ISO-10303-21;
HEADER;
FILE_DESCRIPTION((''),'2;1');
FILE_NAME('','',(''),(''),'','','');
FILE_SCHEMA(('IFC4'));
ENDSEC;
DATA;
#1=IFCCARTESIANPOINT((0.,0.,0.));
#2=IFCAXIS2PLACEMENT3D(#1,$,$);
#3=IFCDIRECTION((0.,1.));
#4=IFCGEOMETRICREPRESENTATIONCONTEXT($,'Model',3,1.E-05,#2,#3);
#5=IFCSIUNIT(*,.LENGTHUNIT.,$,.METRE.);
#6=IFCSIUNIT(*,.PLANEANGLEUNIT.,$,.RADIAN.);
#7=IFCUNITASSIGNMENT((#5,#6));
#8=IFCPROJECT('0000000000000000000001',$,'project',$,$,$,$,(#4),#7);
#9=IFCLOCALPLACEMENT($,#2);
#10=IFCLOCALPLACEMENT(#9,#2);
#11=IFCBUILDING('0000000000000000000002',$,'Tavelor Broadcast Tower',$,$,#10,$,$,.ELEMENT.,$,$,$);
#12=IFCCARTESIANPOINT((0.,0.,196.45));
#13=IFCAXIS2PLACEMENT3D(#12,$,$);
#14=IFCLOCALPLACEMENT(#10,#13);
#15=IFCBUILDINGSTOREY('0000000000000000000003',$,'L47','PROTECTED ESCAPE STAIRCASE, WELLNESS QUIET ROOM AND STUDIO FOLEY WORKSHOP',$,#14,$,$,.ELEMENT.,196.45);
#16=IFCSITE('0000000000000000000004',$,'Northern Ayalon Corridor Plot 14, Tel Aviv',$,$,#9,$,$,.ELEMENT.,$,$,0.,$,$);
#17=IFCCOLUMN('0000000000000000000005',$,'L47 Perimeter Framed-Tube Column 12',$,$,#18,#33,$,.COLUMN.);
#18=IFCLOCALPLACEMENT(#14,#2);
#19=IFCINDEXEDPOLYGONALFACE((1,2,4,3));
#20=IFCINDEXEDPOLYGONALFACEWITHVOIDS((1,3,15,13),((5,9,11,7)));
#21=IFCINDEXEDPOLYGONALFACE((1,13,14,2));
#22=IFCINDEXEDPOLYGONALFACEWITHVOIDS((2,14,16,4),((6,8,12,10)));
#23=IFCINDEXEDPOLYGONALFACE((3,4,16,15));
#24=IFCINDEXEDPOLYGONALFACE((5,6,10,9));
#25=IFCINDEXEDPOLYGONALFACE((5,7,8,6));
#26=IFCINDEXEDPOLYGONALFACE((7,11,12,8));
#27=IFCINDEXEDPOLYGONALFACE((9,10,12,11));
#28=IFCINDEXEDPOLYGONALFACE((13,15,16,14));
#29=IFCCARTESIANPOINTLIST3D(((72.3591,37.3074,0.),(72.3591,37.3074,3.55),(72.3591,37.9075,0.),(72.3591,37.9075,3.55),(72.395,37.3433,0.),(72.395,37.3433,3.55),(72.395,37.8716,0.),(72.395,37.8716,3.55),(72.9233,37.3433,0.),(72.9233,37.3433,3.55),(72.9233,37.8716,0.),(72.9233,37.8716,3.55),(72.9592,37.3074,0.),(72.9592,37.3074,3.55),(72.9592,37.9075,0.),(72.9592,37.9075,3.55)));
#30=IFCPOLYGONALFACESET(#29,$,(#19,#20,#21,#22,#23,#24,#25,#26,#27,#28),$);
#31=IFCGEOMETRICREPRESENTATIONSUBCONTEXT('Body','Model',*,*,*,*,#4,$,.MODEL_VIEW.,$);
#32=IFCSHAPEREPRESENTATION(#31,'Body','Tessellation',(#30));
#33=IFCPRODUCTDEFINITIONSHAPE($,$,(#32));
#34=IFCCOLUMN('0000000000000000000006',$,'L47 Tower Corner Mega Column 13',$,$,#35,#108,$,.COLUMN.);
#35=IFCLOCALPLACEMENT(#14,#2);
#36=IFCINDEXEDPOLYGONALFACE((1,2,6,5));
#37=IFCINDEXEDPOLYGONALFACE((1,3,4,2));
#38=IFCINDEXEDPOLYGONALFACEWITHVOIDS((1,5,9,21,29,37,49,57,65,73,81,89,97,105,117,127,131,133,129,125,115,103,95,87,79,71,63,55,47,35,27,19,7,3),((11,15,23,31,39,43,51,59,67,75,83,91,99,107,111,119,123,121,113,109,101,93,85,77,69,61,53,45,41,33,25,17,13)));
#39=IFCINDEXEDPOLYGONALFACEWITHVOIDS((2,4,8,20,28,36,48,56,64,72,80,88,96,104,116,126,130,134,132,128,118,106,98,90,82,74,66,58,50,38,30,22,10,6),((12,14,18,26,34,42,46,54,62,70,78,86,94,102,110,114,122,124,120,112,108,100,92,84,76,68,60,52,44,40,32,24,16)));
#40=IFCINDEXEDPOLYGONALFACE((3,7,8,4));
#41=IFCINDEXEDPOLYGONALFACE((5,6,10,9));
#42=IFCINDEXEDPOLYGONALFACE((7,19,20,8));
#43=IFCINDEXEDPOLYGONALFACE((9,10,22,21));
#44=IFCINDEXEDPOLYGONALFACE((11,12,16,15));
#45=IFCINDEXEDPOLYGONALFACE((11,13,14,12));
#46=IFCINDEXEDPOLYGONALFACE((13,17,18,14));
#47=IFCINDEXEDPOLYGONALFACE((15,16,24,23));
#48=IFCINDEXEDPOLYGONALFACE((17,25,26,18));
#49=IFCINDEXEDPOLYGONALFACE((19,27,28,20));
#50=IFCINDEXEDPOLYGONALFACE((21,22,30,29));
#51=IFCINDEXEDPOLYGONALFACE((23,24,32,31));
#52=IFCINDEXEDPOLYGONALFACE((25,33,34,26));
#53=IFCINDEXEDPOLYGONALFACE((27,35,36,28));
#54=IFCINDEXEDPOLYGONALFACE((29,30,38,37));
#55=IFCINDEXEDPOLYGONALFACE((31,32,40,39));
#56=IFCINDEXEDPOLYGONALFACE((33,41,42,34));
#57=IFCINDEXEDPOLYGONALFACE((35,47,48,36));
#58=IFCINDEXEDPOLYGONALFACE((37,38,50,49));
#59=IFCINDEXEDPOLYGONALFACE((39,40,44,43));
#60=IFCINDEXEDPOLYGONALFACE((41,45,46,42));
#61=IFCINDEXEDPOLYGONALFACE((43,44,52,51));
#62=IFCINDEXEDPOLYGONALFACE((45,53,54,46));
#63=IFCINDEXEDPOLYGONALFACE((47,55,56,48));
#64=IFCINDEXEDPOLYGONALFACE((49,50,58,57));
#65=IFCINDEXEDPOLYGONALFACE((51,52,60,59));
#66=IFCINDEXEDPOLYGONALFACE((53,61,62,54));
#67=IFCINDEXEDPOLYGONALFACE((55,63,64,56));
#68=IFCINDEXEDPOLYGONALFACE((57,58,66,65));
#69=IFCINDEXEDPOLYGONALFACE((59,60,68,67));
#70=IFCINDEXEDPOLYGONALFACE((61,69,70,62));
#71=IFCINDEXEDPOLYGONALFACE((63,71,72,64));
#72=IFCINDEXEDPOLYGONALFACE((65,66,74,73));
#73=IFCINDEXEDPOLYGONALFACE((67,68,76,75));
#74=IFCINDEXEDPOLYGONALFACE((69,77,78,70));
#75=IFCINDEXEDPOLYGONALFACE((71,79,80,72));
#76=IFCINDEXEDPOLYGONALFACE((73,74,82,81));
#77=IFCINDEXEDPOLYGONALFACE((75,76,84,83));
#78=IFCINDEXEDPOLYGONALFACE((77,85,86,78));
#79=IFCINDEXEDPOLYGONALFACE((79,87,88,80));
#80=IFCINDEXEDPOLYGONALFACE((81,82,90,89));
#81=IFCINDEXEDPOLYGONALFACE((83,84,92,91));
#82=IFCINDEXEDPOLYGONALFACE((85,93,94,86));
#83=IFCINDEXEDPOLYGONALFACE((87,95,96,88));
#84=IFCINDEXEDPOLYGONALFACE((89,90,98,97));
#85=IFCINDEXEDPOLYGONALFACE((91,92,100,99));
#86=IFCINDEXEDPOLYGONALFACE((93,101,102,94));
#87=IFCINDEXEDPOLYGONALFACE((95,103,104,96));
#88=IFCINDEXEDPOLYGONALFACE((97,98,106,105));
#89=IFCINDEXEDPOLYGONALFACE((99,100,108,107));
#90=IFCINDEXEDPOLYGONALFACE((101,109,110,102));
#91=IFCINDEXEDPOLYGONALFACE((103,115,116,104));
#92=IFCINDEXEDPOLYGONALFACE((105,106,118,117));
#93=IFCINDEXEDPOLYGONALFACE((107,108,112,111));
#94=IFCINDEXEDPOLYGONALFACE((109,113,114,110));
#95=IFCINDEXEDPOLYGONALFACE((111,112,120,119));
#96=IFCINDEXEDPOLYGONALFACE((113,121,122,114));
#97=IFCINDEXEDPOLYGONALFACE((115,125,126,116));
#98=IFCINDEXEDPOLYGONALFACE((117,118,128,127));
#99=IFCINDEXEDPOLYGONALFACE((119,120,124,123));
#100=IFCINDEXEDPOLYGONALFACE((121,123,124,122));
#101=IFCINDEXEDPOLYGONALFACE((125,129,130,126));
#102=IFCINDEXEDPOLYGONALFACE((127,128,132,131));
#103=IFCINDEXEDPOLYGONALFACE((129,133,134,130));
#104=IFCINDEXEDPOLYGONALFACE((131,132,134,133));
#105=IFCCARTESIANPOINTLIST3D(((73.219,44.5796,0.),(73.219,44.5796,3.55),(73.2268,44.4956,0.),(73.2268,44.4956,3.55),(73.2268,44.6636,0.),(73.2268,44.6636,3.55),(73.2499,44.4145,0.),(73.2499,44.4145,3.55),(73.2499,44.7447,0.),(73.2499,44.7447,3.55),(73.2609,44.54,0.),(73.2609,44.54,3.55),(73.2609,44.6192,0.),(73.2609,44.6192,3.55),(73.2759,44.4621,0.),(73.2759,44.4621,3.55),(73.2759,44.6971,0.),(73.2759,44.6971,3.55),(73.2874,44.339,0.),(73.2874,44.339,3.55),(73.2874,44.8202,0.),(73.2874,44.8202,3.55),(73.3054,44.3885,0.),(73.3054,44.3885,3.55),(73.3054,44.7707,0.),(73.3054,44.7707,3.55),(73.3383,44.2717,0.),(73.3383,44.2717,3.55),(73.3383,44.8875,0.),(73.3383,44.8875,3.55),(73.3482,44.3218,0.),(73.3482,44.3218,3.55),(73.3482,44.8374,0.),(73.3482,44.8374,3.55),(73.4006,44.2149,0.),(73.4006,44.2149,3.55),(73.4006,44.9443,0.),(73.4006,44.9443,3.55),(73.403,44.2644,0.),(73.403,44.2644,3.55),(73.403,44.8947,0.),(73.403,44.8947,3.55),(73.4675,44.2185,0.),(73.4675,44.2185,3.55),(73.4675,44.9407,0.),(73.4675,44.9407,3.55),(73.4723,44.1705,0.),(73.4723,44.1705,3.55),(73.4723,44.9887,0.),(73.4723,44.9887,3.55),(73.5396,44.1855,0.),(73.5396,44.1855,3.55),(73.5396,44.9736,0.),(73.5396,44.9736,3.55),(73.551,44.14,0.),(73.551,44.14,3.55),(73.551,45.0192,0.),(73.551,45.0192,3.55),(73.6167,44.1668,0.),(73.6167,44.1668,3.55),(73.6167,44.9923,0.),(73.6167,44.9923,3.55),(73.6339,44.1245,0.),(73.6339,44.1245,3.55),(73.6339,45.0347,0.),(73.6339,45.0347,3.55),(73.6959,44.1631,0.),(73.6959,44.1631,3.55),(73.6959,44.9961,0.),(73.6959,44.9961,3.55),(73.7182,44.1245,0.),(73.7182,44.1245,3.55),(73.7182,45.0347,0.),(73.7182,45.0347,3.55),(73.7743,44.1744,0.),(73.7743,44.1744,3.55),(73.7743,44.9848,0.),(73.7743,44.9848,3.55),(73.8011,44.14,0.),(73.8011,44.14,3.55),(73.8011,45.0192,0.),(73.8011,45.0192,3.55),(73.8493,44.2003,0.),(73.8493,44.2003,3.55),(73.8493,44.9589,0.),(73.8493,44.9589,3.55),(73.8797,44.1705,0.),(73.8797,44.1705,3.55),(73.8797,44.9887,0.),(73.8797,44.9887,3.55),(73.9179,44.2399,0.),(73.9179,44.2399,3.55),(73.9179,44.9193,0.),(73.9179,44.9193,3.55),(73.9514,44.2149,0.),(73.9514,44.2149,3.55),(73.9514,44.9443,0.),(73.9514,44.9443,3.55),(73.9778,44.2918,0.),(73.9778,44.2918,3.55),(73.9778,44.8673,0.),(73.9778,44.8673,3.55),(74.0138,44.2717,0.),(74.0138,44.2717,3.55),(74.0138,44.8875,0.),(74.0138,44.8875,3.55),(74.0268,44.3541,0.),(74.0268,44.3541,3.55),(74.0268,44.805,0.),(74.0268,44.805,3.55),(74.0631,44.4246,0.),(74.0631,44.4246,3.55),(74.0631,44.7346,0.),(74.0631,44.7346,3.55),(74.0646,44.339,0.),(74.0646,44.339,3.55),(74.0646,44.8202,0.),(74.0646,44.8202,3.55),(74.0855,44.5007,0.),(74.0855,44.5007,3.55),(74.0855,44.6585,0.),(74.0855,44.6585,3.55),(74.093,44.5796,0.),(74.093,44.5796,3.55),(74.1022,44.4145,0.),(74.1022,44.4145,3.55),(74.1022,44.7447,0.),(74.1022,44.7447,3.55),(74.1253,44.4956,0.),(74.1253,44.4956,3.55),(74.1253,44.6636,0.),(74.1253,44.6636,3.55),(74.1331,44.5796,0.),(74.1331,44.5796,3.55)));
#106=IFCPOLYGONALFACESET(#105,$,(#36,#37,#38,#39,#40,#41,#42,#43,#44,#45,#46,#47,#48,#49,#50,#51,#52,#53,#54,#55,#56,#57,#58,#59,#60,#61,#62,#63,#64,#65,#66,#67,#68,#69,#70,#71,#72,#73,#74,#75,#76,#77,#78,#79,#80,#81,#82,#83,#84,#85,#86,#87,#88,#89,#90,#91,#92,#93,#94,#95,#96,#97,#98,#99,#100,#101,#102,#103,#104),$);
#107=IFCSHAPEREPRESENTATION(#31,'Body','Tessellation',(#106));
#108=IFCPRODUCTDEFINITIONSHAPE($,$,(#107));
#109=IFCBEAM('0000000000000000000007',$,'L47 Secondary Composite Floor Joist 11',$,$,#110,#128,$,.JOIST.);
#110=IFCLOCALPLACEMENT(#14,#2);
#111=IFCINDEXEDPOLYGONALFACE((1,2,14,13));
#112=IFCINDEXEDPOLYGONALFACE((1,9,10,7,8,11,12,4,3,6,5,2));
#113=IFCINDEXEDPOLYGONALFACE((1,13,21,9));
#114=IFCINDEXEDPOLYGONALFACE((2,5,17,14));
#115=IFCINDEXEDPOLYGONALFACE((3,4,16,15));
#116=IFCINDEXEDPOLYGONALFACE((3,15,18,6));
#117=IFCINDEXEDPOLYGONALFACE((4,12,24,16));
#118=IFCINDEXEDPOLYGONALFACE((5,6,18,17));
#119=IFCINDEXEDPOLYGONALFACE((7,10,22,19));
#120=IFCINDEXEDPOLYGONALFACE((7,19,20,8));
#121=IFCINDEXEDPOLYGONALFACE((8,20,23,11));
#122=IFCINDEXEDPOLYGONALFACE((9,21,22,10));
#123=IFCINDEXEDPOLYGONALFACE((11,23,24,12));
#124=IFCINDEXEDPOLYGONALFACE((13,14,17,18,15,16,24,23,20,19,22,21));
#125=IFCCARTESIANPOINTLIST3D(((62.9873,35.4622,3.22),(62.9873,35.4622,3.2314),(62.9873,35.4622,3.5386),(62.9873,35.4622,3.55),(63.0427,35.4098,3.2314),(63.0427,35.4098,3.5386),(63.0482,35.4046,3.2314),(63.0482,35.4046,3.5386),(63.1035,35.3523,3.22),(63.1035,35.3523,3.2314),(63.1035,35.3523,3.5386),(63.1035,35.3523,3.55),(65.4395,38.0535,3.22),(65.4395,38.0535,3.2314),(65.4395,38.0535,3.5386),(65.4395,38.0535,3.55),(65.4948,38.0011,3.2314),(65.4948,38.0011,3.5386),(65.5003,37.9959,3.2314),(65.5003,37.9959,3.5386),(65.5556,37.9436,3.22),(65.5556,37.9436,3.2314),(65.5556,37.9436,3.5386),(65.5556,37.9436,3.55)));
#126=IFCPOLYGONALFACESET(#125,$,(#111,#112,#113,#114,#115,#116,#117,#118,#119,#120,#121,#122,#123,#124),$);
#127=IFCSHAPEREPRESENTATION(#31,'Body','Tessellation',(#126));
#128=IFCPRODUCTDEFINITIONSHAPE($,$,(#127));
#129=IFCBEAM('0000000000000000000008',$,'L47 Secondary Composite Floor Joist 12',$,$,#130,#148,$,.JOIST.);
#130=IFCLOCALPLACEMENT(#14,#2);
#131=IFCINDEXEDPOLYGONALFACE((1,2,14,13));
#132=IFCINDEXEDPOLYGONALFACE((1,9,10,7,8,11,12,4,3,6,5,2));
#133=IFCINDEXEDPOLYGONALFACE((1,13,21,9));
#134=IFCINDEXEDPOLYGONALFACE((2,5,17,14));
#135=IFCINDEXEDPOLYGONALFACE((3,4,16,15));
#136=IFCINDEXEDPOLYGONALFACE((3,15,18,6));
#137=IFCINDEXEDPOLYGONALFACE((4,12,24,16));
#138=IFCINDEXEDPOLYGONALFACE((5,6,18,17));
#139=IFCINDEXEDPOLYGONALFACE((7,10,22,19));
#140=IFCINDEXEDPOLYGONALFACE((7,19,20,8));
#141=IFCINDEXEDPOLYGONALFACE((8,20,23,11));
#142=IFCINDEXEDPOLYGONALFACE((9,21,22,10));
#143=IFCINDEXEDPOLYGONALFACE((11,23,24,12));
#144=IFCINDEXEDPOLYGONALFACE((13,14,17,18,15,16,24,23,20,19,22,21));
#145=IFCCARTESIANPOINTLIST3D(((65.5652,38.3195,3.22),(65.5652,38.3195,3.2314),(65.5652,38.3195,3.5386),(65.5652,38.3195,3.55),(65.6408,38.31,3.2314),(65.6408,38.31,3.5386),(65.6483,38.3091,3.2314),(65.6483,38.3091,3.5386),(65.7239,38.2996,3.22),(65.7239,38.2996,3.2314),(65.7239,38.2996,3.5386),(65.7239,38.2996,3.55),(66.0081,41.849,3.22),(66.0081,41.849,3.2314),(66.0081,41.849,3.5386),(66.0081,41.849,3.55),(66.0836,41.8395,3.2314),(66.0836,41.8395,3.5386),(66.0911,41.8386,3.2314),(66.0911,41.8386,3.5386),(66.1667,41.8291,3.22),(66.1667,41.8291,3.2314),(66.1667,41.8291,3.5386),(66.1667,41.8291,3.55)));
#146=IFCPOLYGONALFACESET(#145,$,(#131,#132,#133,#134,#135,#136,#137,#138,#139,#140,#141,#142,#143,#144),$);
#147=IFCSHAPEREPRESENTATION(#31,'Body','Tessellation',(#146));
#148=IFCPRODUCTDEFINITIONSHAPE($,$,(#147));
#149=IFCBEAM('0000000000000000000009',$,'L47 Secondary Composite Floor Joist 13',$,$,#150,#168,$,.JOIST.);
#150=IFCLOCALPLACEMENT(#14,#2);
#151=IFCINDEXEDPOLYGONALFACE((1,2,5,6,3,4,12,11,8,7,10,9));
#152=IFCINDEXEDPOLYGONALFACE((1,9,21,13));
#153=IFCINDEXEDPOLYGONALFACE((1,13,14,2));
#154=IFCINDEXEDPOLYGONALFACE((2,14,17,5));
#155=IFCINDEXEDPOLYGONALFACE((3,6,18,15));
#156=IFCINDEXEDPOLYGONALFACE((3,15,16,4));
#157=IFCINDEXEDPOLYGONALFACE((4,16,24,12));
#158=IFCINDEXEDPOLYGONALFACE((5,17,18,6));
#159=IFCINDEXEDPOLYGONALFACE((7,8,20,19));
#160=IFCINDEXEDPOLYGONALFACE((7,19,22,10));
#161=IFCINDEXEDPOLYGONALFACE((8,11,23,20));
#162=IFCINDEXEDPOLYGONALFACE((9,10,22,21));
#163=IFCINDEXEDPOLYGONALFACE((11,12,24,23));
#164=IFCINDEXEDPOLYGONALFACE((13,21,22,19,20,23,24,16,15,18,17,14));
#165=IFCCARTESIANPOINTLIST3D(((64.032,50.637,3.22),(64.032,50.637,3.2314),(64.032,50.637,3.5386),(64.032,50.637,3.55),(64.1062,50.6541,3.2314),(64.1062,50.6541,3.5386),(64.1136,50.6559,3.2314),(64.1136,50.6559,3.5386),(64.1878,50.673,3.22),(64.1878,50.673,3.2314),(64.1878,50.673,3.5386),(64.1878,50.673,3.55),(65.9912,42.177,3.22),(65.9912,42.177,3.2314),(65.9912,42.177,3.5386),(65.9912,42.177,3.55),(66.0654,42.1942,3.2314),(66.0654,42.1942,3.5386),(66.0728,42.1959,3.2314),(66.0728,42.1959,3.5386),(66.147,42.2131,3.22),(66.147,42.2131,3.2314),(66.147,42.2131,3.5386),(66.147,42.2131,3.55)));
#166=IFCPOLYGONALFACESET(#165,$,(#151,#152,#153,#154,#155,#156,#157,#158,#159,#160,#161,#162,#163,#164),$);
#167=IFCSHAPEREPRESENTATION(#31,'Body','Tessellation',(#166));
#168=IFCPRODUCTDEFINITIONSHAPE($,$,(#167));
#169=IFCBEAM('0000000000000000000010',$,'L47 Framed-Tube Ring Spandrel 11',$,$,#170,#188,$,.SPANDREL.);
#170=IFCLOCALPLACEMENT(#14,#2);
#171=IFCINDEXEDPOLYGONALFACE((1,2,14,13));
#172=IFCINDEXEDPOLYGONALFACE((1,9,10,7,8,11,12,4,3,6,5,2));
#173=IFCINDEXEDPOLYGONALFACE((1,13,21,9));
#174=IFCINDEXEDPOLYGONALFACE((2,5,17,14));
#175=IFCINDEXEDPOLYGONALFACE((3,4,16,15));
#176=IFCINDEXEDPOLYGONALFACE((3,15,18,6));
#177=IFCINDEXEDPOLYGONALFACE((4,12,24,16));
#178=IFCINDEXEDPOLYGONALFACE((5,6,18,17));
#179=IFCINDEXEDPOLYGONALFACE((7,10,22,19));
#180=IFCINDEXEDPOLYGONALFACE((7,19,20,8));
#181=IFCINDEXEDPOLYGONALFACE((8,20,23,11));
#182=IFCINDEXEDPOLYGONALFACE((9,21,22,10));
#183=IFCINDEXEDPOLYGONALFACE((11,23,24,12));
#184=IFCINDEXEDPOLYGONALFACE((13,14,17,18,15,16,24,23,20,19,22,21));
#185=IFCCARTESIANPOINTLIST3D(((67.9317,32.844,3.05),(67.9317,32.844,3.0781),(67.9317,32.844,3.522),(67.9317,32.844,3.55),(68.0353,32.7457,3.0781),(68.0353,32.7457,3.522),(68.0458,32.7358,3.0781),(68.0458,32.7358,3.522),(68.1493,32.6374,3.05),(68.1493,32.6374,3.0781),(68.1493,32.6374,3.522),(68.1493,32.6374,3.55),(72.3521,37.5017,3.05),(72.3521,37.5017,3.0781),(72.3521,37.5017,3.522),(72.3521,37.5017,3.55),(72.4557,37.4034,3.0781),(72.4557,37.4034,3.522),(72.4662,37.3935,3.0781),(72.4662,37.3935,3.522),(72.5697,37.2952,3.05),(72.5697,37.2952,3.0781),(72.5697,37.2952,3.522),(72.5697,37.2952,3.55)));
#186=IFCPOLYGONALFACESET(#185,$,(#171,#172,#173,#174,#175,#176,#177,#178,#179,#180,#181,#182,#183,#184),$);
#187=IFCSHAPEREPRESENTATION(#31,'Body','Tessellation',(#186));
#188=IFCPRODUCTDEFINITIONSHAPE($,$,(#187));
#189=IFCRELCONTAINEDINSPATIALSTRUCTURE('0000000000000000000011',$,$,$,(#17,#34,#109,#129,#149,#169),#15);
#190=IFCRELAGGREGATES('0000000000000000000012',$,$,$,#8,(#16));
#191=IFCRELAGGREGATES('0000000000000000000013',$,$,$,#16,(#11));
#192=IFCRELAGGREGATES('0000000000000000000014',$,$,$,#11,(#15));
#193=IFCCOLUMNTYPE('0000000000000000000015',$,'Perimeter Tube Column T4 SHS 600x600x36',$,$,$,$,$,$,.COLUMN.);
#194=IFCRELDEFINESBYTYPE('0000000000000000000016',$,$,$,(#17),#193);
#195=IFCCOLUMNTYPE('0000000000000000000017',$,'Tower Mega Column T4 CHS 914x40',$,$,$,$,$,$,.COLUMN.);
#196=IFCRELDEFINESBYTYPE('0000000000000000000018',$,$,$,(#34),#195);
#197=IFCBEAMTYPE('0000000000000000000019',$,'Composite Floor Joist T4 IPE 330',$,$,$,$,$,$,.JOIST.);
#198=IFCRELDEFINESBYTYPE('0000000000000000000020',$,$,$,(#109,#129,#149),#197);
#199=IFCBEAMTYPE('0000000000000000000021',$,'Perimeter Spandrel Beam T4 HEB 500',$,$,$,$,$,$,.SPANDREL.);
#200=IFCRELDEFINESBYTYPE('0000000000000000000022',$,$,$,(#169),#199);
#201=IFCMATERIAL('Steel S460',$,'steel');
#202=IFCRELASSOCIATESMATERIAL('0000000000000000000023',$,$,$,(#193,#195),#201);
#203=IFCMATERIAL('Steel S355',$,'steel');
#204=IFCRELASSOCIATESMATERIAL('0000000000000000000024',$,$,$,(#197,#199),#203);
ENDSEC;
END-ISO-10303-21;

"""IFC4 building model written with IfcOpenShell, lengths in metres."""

from ifc_helpers import new_model, si_unit, direction, frame, origin, origin_2d, place, context, subcontext, project, spatial, hollow_rectangle, hollow_circle, i_section, extrude, material, material_profile, profile_set, type_object, element, save


model = new_model("IFC4")

# Units and contexts
model_context = context("Model", 3, precision=1e-05, world=origin(), true_north=direction((0.0, 1.0)))
body_context = subcontext(model_context, "Body", "Model", "MODEL_VIEW")
ifc_project = project(units=[si_unit("LENGTHUNIT", "METRE"), si_unit("PLANEANGLEUNIT", "RADIAN")], contexts=[model_context])

# Site, building, storey
site_placement = place(None, origin())
site = spatial("IfcSite", under=ifc_project, at=site_placement, Name="Northern Ayalon Corridor Plot 14, Tel Aviv", CompositionType="ELEMENT", RefElevation=0.0)
building_placement = place(site_placement, origin())
building = spatial("IfcBuilding", under=site, at=building_placement, Name="Tavelor Broadcast Tower", CompositionType="ELEMENT")
storey_placement = place(building_placement, frame((0.0, 0.0, 196.45)))
storey = spatial("IfcBuildingStorey", under=building, at=storey_placement, Name="L47", Description="PROTECTED ESCAPE STAIRCASE, WELLNESS QUIET ROOM AND STUDIO FOLEY WORKSHOP", CompositionType="ELEMENT", Elevation=196.45)

# Columns
ifc_material_1 = material(Name="Steel S460", Category="steel")
ifc_material_profile_1 = material_profile(ifc_material_1, hollow_rectangle(XDim=0.6001, YDim=0.6001, WallThickness=0.0359, at=origin_2d()), Name="SHS 600x600x36")
ifc_profile_set_1 = profile_set([ifc_material_profile_1], Name="Steel S460")
column_type_1 = type_object("IfcColumnType", Name="Perimeter Tube Column T4 SHS 600x600x36", PredefinedType="COLUMN", material=ifc_profile_set_1)
column_1_placement = place(storey_placement, frame((72.6592, 37.6074, 0.0), z_axis=(0.0, 0.0, 1.0), x_axis=(1.0, 0.0, 0.0)))
element("IfcColumn", 1, at=column_1_placement, inside=storey, type_object=column_type_1, Name="L47 Perimeter Framed-Tube Column 12", PredefinedType="COLUMN", context=body_context, shape_type="SweptSolid", body=[
    extrude(hollow_rectangle(XDim=0.6001, YDim=0.6001, WallThickness=0.0359, at=origin_2d()), origin(), (0.0, 0.0, 1.0), 3.55),
])
ifc_material_profile_2 = material_profile(ifc_material_1, hollow_circle(Radius=0.457, WallThickness=0.04, at=origin_2d()), Name="CHS 914x40")
ifc_profile_set_2 = profile_set([ifc_material_profile_2], Name="Steel S460")
column_type_2 = type_object("IfcColumnType", Name="Tower Mega Column T4 CHS 914x40", PredefinedType="COLUMN", material=ifc_profile_set_2)
column_2_placement = place(storey_placement, frame((73.676, 44.5796, 0.0), z_axis=(0.0, 0.0, 1.0), x_axis=(1.0, 0.0, 0.0)))
element("IfcColumn", 2, at=column_2_placement, inside=storey, type_object=column_type_2, Name="L47 Tower Corner Mega Column 13", PredefinedType="COLUMN", context=body_context, shape_type="SweptSolid", body=[
    extrude(hollow_circle(Radius=0.457, WallThickness=0.04, at=origin_2d()), origin(), (0.0, 0.0, 1.0), 3.55),
])

# Beams
ifc_material_2 = material(Name="Steel S355", Category="steel")
ifc_material_profile_3 = material_profile(ifc_material_2, i_section(OverallWidth=0.1599, OverallDepth=0.3301, WebThickness=0.0076, FlangeThickness=0.0115, at=origin_2d()), Name="IPE 330")
ifc_profile_set_3 = profile_set([ifc_material_profile_3], Name="Steel S355")
beam_type_1 = type_object("IfcBeamType", Name="Composite Floor Joist T4 IPE 330", PredefinedType="JOIST", material=ifc_profile_set_3)
beam_1_placement = place(storey_placement, frame((63.0454, 35.4072, 3.385), z_axis=(0.687335, 0.726341, 0.0), x_axis=(-0.726341, 0.687335, 0.0)))
element("IfcBeam", 3, at=beam_1_placement, inside=storey, type_object=beam_type_1, Name="L47 Secondary Composite Floor Joist 11", PredefinedType="JOIST", context=body_context, shape_type="SweptSolid", body=[
    extrude(i_section(OverallWidth=0.1599, OverallDepth=0.3301, WebThickness=0.0076, FlangeThickness=0.0115, at=origin_2d()), origin(), (0.0, 0.0, 1.0), 3.5676),
])
beam_2_placement = place(storey_placement, frame((65.6445, 38.3096, 3.385), z_axis=(0.124499, 0.99222, 0.0), x_axis=(-0.99222, 0.124499, 0.0)))
element("IfcBeam", 4, at=beam_2_placement, inside=storey, type_object=beam_type_1, Name="L47 Secondary Composite Floor Joist 12", PredefinedType="JOIST", context=body_context, shape_type="SweptSolid", body=[
    extrude(i_section(OverallWidth=0.1599, OverallDepth=0.3301, WebThickness=0.0076, FlangeThickness=0.0115, at=origin_2d()), origin(), (0.0, 0.0, 1.0), 3.5571),
])
beam_3_placement = place(storey_placement, frame((66.0691, 42.1951, 3.385), z_axis=(-0.225617, 0.974216, 0.0), x_axis=(-0.974216, -0.225617, 0.0)))
element("IfcBeam", 5, at=beam_3_placement, inside=storey, type_object=beam_type_1, Name="L47 Secondary Composite Floor Joist 13", PredefinedType="JOIST", context=body_context, shape_type="SweptSolid", body=[
    extrude(i_section(OverallWidth=0.1599, OverallDepth=0.3301, WebThickness=0.0076, FlangeThickness=0.0115, at=origin_2d()), origin(), (0.0, 0.0, 1.0), 8.6838),
])
ifc_material_profile_4 = material_profile(ifc_material_2, i_section(OverallWidth=0.3, OverallDepth=0.5, WebThickness=0.0144, FlangeThickness=0.0281, at=origin_2d()), Name="HEB 500")
ifc_profile_set_4 = profile_set([ifc_material_profile_4], Name="Steel S355")
beam_type_2 = type_object("IfcBeamType", Name="Perimeter Spandrel Beam T4 HEB 500", PredefinedType="SPANDREL", material=ifc_profile_set_4)
beam_4_placement = place(storey_placement, frame((68.0405, 32.7407, 3.3), z_axis=(0.688388, 0.725343, 0.0), x_axis=(-0.725343, 0.688388, 0.0)))
element("IfcBeam", 6, at=beam_4_placement, inside=storey, type_object=beam_type_2, Name="L47 Framed-Tube Ring Spandrel 11", PredefinedType="SPANDREL", context=body_context, shape_type="SweptSolid", body=[
    extrude(i_section(OverallWidth=0.3, OverallDepth=0.5, WebThickness=0.0144, FlangeThickness=0.0281, at=origin_2d()), origin(), (0.0, 0.0, 1.0), 6.4214),
])

save(model, "model.ifc")
